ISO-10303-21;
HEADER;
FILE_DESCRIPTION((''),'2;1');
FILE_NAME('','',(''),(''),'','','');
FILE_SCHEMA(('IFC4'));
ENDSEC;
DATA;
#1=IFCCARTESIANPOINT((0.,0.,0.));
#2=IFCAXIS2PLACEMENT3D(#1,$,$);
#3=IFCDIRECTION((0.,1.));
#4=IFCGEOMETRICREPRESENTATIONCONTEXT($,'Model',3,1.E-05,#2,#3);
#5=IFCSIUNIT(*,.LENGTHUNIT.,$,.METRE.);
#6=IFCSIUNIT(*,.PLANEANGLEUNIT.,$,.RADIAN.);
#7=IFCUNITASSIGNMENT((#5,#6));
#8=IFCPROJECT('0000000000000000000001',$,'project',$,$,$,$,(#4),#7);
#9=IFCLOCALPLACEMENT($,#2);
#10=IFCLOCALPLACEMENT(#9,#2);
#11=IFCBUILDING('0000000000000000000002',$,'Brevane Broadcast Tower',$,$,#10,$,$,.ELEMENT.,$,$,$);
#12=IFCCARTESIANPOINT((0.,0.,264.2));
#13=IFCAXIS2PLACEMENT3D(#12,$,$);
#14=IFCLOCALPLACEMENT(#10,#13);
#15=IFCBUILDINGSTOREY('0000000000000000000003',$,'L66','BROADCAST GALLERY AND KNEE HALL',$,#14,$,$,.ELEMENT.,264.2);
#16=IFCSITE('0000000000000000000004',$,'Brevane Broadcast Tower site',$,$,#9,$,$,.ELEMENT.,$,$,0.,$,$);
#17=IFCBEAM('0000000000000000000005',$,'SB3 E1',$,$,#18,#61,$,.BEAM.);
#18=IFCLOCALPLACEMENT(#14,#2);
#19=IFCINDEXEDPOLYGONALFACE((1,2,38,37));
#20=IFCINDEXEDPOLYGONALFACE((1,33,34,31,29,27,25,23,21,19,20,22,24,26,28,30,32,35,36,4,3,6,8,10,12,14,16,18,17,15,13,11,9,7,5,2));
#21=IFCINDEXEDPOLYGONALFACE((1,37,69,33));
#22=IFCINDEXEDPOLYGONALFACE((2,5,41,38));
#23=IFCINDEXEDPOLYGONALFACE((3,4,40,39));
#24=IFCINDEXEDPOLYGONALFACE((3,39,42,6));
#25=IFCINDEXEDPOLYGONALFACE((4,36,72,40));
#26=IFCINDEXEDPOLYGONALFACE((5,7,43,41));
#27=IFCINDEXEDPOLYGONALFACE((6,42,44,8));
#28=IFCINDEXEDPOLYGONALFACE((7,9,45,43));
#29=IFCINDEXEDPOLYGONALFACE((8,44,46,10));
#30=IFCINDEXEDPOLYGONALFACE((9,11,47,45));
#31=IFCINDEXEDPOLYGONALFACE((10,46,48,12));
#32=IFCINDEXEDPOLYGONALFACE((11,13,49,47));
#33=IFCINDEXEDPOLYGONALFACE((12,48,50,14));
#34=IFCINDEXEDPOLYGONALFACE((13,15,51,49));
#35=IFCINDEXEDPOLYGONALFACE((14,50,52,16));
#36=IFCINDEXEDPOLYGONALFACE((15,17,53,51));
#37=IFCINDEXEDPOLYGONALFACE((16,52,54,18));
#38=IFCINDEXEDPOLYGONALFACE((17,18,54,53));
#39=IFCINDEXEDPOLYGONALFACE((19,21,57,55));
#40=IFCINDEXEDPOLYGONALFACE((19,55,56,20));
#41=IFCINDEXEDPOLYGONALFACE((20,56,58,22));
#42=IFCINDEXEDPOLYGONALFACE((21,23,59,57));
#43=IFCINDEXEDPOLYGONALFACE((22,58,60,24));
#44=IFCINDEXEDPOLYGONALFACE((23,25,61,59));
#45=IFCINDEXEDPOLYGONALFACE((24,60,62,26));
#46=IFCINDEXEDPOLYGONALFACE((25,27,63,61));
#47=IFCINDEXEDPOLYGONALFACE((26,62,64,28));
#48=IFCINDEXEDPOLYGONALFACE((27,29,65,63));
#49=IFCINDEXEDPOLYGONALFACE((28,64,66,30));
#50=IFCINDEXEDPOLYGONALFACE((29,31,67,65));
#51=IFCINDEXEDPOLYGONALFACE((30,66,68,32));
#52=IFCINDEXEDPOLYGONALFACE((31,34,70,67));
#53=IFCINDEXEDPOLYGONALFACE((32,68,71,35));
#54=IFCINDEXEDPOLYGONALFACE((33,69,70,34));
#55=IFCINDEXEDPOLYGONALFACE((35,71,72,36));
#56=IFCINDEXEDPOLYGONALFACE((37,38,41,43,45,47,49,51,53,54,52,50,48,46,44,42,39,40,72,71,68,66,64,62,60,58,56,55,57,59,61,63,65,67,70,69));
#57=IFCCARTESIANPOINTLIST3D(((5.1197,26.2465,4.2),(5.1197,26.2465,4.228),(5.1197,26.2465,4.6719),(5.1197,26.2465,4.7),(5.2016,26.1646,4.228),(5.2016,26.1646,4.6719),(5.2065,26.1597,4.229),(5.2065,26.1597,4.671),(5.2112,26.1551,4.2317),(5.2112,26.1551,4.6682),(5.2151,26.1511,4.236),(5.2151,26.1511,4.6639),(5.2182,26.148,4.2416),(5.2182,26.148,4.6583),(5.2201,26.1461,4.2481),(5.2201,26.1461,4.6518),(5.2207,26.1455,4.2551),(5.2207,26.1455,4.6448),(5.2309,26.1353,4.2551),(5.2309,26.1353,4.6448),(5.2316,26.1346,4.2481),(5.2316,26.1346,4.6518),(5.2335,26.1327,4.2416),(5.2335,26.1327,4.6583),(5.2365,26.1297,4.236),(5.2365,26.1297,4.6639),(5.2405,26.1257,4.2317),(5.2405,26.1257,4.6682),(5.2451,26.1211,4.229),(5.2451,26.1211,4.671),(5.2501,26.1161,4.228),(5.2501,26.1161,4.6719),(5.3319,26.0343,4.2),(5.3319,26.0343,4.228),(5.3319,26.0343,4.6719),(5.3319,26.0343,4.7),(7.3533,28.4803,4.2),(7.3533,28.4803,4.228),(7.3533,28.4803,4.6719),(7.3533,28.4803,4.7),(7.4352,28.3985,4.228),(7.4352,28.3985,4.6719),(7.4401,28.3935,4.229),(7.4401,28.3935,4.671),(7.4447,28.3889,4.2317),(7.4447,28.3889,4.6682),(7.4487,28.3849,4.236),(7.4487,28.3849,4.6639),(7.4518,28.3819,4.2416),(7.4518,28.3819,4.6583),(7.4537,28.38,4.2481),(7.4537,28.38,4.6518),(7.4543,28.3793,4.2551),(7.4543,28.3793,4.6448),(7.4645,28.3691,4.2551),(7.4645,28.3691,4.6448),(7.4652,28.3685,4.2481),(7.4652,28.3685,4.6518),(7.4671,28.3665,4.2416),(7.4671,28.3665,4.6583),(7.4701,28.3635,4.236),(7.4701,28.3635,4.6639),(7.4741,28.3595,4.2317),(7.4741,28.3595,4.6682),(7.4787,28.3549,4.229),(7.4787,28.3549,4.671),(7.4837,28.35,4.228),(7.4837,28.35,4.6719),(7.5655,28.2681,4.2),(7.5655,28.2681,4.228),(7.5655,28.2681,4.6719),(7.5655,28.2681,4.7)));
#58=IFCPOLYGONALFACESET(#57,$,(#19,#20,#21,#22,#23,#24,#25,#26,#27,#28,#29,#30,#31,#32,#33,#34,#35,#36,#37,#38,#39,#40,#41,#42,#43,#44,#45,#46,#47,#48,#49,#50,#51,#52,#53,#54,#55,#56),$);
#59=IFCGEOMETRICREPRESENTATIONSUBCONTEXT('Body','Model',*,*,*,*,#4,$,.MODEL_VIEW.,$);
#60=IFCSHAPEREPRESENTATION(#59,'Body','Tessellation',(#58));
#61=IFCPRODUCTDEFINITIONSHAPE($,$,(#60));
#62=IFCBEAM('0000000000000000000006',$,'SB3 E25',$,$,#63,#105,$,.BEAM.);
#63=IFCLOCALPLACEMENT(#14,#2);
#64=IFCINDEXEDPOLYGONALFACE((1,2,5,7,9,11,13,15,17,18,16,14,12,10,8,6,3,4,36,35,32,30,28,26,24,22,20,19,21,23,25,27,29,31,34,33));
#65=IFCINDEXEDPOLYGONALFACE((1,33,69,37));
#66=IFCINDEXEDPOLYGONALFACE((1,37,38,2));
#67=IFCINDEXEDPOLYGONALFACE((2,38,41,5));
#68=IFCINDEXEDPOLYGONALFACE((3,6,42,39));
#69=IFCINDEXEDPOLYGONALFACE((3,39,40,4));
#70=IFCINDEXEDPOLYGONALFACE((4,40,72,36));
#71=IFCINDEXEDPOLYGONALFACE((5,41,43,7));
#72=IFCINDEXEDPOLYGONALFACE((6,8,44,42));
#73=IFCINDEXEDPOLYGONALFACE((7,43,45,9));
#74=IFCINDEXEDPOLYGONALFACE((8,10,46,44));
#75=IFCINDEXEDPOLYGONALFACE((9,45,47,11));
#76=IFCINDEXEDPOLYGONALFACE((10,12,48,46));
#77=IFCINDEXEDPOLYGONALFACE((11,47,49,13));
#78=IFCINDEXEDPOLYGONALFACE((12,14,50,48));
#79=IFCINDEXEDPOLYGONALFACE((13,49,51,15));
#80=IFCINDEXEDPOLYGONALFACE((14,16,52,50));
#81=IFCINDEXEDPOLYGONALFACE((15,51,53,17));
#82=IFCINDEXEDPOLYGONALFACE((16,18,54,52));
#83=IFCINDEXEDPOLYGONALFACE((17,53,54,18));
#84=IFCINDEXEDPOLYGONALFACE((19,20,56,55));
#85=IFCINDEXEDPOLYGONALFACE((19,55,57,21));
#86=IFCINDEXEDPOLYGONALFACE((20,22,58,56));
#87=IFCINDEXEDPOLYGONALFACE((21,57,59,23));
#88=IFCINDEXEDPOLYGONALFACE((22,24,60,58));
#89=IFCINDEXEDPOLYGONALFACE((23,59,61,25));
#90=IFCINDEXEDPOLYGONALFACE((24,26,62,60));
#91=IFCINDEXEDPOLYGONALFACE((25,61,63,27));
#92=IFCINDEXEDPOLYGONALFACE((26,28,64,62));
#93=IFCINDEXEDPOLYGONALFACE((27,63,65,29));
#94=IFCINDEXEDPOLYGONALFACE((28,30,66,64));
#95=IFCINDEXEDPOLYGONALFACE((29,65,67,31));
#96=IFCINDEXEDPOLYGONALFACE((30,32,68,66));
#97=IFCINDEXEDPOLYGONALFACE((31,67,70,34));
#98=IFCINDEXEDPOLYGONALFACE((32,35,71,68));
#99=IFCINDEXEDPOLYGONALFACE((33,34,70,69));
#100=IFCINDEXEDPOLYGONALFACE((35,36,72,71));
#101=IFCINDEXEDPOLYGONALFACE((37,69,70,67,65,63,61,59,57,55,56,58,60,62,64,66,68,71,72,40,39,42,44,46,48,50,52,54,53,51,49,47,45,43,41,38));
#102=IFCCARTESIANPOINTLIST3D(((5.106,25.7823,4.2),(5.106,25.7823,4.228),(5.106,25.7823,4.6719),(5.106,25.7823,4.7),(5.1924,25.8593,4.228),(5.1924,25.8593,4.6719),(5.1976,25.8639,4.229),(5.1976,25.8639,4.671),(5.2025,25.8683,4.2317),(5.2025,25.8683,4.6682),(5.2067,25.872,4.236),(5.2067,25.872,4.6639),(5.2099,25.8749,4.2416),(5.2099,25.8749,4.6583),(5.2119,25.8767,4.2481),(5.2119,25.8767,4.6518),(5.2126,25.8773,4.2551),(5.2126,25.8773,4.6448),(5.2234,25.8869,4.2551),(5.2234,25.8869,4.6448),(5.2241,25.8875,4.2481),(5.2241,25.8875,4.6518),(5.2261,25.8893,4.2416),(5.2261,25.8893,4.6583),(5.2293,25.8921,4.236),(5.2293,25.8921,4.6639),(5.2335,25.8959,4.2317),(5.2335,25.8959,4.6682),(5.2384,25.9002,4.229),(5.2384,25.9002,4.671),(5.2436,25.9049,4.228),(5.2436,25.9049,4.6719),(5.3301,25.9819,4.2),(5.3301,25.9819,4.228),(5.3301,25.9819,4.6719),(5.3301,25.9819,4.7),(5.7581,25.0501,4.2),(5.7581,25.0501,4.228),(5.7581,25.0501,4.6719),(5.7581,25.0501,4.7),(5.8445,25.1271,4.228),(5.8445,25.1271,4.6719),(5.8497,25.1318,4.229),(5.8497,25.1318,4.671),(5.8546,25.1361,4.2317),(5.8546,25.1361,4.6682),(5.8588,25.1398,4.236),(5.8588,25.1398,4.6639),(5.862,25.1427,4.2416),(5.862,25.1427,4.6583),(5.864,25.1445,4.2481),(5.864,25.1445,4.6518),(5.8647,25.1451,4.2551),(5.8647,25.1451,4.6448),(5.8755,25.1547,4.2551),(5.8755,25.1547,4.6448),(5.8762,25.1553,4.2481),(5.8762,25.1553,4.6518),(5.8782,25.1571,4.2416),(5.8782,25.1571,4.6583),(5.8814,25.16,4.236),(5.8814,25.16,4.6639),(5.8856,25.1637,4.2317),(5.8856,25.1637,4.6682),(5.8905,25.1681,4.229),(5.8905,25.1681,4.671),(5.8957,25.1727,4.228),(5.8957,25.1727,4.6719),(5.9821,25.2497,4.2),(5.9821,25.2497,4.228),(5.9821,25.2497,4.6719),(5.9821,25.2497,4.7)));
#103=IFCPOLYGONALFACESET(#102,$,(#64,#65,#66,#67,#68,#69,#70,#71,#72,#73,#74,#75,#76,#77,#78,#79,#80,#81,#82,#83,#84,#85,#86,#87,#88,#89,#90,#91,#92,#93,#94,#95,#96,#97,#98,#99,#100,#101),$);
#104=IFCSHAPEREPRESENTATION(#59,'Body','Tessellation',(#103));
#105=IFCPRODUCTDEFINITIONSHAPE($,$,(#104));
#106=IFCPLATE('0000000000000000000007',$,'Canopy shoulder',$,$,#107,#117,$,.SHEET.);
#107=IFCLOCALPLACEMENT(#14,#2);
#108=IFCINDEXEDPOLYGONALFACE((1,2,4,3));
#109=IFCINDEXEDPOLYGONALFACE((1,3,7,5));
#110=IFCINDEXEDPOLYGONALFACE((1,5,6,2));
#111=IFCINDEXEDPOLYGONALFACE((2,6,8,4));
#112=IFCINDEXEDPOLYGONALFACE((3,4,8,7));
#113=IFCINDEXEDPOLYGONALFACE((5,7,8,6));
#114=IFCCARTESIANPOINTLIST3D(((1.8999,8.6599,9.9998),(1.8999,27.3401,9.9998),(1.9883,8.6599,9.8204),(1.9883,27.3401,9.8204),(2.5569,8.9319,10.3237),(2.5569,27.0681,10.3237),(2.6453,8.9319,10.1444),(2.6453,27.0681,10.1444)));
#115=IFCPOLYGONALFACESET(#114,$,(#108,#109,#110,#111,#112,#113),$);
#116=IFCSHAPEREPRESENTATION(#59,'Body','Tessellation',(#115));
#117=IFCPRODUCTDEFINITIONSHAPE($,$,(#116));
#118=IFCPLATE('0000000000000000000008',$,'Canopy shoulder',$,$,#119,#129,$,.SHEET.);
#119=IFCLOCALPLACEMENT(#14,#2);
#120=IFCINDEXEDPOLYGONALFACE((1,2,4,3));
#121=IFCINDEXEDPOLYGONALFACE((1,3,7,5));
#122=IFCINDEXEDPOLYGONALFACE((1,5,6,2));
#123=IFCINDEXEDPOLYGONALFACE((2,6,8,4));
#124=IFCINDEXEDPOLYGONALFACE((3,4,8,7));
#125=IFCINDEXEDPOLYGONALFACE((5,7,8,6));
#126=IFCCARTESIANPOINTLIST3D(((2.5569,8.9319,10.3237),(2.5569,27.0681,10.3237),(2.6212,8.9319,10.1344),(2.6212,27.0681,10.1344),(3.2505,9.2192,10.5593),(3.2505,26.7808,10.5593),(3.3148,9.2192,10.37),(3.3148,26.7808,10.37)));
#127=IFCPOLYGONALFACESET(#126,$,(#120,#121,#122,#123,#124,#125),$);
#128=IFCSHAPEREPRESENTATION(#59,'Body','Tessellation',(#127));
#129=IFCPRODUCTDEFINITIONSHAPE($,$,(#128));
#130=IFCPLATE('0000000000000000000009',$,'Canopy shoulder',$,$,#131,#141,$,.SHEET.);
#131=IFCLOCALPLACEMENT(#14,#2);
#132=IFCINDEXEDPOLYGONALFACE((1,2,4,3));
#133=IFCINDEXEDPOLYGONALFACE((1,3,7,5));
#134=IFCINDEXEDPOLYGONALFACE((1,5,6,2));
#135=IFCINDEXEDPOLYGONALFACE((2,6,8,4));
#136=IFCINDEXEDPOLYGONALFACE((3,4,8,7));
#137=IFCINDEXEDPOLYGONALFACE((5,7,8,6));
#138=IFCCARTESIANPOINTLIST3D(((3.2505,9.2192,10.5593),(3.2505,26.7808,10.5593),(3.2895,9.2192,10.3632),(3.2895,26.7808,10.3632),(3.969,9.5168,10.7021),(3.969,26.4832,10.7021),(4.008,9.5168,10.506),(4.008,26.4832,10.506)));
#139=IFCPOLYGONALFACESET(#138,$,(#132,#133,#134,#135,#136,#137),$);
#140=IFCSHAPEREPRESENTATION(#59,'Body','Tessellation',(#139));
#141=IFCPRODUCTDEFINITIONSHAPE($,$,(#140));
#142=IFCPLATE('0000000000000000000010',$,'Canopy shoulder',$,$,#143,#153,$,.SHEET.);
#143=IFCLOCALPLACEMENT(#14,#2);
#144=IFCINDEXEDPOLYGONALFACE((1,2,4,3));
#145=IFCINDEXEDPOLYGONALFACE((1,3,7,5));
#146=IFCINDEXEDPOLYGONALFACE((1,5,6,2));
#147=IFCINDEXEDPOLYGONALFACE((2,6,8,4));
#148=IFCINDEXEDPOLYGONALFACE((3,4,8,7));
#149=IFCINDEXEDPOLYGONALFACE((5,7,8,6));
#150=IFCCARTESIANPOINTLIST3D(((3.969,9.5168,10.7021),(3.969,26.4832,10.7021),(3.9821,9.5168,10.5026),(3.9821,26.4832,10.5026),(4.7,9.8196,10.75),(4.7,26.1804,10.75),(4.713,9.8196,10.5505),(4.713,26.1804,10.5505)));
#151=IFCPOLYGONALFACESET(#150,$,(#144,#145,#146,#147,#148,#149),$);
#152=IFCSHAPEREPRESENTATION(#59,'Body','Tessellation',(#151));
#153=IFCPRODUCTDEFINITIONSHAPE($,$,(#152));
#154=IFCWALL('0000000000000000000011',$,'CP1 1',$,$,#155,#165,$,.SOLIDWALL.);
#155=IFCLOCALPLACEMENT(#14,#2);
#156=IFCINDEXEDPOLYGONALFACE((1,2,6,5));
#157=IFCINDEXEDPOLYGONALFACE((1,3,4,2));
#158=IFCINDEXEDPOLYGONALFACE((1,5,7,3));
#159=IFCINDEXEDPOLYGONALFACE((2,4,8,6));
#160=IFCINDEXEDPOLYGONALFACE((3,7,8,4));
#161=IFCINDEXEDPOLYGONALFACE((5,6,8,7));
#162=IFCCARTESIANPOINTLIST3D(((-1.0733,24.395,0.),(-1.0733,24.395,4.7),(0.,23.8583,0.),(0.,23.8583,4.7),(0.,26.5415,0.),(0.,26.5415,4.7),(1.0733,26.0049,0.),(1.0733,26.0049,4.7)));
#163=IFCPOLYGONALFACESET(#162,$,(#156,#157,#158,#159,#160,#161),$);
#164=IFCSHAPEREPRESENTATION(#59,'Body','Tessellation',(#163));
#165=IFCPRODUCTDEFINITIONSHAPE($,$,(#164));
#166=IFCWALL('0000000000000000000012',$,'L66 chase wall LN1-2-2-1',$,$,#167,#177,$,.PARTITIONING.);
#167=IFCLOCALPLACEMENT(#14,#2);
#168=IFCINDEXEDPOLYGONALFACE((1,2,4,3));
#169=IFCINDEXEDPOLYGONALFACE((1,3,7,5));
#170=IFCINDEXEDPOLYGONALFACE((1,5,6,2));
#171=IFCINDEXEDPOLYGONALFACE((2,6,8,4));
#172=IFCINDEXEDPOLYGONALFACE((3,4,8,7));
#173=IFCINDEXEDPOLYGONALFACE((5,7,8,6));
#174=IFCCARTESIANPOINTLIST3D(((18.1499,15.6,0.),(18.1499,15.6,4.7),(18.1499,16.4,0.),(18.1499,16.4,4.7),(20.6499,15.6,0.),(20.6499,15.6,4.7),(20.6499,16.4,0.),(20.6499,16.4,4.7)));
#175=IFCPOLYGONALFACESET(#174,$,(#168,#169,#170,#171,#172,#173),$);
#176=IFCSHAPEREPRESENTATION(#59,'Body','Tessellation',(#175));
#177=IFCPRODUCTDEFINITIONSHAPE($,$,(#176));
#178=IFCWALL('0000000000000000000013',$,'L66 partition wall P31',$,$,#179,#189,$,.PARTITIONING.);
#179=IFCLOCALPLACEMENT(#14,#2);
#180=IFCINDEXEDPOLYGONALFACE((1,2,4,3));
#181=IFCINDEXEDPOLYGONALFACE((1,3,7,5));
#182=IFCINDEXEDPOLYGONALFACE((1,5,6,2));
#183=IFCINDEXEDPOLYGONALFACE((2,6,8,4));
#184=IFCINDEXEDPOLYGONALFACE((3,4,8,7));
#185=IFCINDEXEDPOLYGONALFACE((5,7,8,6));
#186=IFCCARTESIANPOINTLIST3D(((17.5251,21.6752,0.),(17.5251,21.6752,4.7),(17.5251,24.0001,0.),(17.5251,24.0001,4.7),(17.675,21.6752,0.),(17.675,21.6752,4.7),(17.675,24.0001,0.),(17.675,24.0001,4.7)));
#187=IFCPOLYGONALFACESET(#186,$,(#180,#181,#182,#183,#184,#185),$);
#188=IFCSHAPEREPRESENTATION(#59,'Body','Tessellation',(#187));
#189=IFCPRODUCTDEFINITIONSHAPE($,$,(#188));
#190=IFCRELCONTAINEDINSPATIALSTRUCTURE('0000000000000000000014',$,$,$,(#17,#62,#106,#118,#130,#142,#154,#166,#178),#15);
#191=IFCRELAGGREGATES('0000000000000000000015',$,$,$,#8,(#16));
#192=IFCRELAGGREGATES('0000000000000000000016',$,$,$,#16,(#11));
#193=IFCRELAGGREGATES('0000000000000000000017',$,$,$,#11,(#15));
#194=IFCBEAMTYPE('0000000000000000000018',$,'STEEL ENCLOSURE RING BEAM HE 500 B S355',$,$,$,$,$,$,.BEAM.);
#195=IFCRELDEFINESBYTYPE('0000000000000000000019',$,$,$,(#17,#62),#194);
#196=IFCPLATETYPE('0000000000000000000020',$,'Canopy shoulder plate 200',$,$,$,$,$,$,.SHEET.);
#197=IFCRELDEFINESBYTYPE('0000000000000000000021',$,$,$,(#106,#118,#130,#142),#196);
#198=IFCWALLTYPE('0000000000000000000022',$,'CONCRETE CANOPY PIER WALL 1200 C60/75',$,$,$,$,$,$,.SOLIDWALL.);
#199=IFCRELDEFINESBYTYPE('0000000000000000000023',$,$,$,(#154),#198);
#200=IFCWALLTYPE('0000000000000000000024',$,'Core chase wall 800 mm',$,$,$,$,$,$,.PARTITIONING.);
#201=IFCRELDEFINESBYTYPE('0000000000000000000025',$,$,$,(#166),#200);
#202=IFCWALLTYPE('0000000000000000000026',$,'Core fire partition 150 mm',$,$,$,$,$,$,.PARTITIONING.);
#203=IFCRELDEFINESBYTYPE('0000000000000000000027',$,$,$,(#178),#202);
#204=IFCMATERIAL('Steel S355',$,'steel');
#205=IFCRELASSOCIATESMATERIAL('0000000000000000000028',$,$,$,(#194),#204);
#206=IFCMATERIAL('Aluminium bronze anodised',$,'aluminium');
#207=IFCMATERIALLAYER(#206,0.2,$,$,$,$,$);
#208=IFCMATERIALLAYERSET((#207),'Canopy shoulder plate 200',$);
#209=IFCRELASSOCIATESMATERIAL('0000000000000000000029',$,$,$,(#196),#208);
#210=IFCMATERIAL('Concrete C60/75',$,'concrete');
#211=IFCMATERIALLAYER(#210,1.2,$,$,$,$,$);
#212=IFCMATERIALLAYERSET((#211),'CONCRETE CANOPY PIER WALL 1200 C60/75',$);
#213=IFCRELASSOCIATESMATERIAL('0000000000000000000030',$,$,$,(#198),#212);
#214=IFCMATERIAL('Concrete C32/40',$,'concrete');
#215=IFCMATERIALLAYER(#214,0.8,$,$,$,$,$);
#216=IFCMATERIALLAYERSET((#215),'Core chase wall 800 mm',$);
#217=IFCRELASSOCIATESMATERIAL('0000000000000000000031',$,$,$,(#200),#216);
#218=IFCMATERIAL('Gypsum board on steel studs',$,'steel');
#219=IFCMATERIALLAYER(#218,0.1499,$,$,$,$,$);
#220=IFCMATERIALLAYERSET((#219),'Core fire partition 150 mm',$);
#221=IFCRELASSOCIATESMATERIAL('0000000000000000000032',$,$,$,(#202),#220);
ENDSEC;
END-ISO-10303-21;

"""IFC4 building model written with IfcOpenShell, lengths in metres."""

from ifc_helpers import new_model, si_unit, direction, frame, frame_2d, origin, origin_2d, place, context, subcontext, project, spatial, polyline, rectangle, i_section, outline, extrude, material, layer, layer_set, material_profile, profile_set, type_object, element, save


model = new_model("IFC4")

# Units and contexts
model_context = context("Model", 3, precision=1e-05, world=origin(), true_north=direction((0.0, 1.0)))
body_context = subcontext(model_context, "Body", "Model", "MODEL_VIEW")
ifc_project = project(units=[si_unit("LENGTHUNIT", "METRE"), si_unit("PLANEANGLEUNIT", "RADIAN")], contexts=[model_context])

# Site, building, storey
site_placement = place(None, origin())
site = spatial("IfcSite", under=ifc_project, at=site_placement, Name="Brevane Broadcast Tower site", CompositionType="ELEMENT", RefElevation=0.0)
building_placement = place(site_placement, origin())
building = spatial("IfcBuilding", under=site, at=building_placement, Name="Brevane Broadcast Tower", CompositionType="ELEMENT")
storey_placement = place(building_placement, frame((0.0, 0.0, 264.2)))
storey = spatial("IfcBuildingStorey", under=building, at=storey_placement, Name="L66", Description="BROADCAST GALLERY AND KNEE HALL", CompositionType="ELEMENT", Elevation=264.2)

# Shared definitions
ifc_material_1 = material(Name="Steel S355", Category="steel")

# Beams
ifc_material_profile_1 = material_profile(ifc_material_1, i_section(OverallWidth=0.3, OverallDepth=0.5, WebThickness=0.0144, FlangeThickness=0.0281, FilletRadius=0.0271, at=origin_2d()), Name="HE 500 B")
ifc_profile_set_1 = profile_set([ifc_material_profile_1], Name="Steel S355")
beam_type_1 = type_object("IfcBeamType", Name="STEEL ENCLOSURE RING BEAM HE 500 B S355", PredefinedType="BEAM", material=ifc_profile_set_1)
beam_1_placement = place(storey_placement, frame((5.2258, 26.1404, 4.45), z_axis=(0.707068, 0.707145, 0.0), x_axis=(-0.707145, 0.707068, 0.0)))
element("IfcBeam", 1, at=beam_1_placement, inside=storey, type_object=beam_type_1, Name="SB3 E1", PredefinedType="BEAM", context=body_context, shape_type="SweptSolid", body=[
    extrude(i_section(OverallWidth=0.3, OverallDepth=0.5, WebThickness=0.0144, FlangeThickness=0.0281, FilletRadius=0.0271, at=origin_2d()), origin(), (0.0, 0.0, 1.0), 3.1589),
])
beam_2_placement = place(storey_placement, frame((5.8701, 25.1499, 4.45), z_axis=(-0.66509, 0.746763, 0.0), x_axis=(-0.746763, -0.66509, 0.0)))
element("IfcBeam", 2, at=beam_2_placement, inside=storey, type_object=beam_type_1, Name="SB3 E25", PredefinedType="BEAM", context=body_context, shape_type="SweptSolid", body=[
    extrude(i_section(OverallWidth=0.3, OverallDepth=0.5, WebThickness=0.0144, FlangeThickness=0.0281, FilletRadius=0.0271, at=origin_2d()), origin(), (0.0, 0.0, 1.0), 0.9805),
])

# Plates
ifc_material_2 = material(Name="Aluminium bronze anodised", Category="aluminium")
ifc_layer_1 = layer(ifc_material_2, 0.2)
ifc_layer_set_1 = layer_set([ifc_layer_1], Name="Canopy shoulder plate 200")
plate_type = type_object("IfcPlateType", Name="Canopy shoulder plate 200", PredefinedType="SHEET", material=ifc_layer_set_1)
plate_1_placement = place(storey_placement, frame((1.8999, 27.3401, 9.9998), z_axis=(-0.442274, 0.0, 0.89688), x_axis=(0.0, -1.0, 0.0)))
element("IfcPlate", 3, at=plate_1_placement, inside=storey, type_object=plate_type, Name="Canopy shoulder", PredefinedType="SHEET", context=body_context, shape_type="SweptSolid", body=[
    extrude(outline(polyline([(0.0, 0.0), (18.6802, 0.0), (18.4082, 0.7325), (0.272, 0.7325), (0.0, 0.0)])), origin(), (0.0, 0.0, -1.0), 0.2),
])
plate_2_placement = place(storey_placement, frame((2.5569, 27.0681, 10.3237), z_axis=(-0.321622, 0.0, 0.946868), x_axis=(0.0, -1.0, 0.0)))
element("IfcPlate", 4, at=plate_2_placement, inside=storey, type_object=plate_type, Name="Canopy shoulder", PredefinedType="SHEET", context=body_context, shape_type="SweptSolid", body=[
    extrude(outline(polyline([(0.0, 0.0), (18.1362, 0.0), (17.8489, 0.7325), (0.2874, 0.7325), (0.0, 0.0)])), origin(), (0.0, 0.0, -1.0), 0.2),
])
plate_3_placement = place(storey_placement, frame((3.2505, 26.7808, 10.5593), z_axis=(-0.194962, 0.0, 0.980811), x_axis=(0.0, -1.0, 0.0)))
element("IfcPlate", 5, at=plate_3_placement, inside=storey, type_object=plate_type, Name="Canopy shoulder", PredefinedType="SHEET", context=body_context, shape_type="SweptSolid", body=[
    extrude(outline(polyline([(0.0, 0.0), (17.5615, 0.0), (17.2639, 0.7326), (0.2976, 0.7326), (0.0, 0.0)])), origin(), (0.0, 0.0, -1.0), 0.2),
])
plate_4_placement = place(storey_placement, frame((3.969, 26.4832, 10.7021), z_axis=(-0.065324, 0.0, 0.997864), x_axis=(0.0, -1.0, 0.0)))
element("IfcPlate", 6, at=plate_4_placement, inside=storey, type_object=plate_type, Name="Canopy shoulder", PredefinedType="SHEET", context=body_context, shape_type="SweptSolid", body=[
    extrude(outline(polyline([(0.0, 0.0), (16.9663, 0.0), (16.6636, 0.7325), (0.3027, 0.7325), (0.0, 0.0)])), origin(), (0.0, 0.0, -1.0), 0.2),
])

# Walls
ifc_material_3 = material(Name="Concrete C60/75", Category="concrete")
ifc_layer_2 = layer(ifc_material_3, 1.2)
ifc_layer_set_2 = layer_set([ifc_layer_2], Name="CONCRETE CANOPY PIER WALL 1200 C60/75")
wall_type_1 = type_object("IfcWallType", Name="CONCRETE CANOPY PIER WALL 1200 C60/75", PredefinedType="SOLIDWALL", material=ifc_layer_set_2)
wall_1_placement = place(storey_placement, frame((0.5366, 26.2732, 0.0), z_axis=(0.0, 0.0, 1.0), x_axis=(-0.447214, -0.894427, 0.0)))
element("IfcWall", 7, at=wall_1_placement, inside=storey, type_object=wall_type_1, Name="CP1 1", PredefinedType="SOLIDWALL", context=body_context, shape_type="SweptSolid", body=[
    extrude(rectangle(XDim=2.3999, YDim=1.2, at=frame_2d((1.2, 0.0))), origin(), (0.0, 0.0, 1.0), 4.7),
])
ifc_material_4 = material(Name="Concrete C32/40", Category="concrete")
ifc_layer_3 = layer(ifc_material_4, 0.8)
ifc_layer_set_3 = layer_set([ifc_layer_3], Name="Core chase wall 800 mm")
wall_type_2 = type_object("IfcWallType", Name="Core chase wall 800 mm", PredefinedType="PARTITIONING", material=ifc_layer_set_3)
wall_2_placement = place(storey_placement, frame((18.1499, 16.0, 0.0), z_axis=(0.0, 0.0, 1.0), x_axis=(1.0, 0.0, 0.0)))
element("IfcWall", 8, at=wall_2_placement, inside=storey, type_object=wall_type_2, Name="L66 chase wall LN1-2-2-1", PredefinedType="PARTITIONING", context=body_context, shape_type="SweptSolid", body=[
    extrude(rectangle(XDim=2.5, YDim=0.8, at=frame_2d((1.25, 0.0))), origin(), (0.0, 0.0, 1.0), 4.7),
])
ifc_material_5 = material(Name="Gypsum board on steel studs", Category="steel")
ifc_layer_4 = layer(ifc_material_5, 0.1499)
ifc_layer_set_4 = layer_set([ifc_layer_4], Name="Core fire partition 150 mm")
wall_type_3 = type_object("IfcWallType", Name="Core fire partition 150 mm", PredefinedType="PARTITIONING", material=ifc_layer_set_4)
wall_3_placement = place(storey_placement, frame((17.6001, 21.675, 0.0), z_axis=(0.0, 0.0, 1.0), x_axis=(0.0, 1.0, 0.0)))
element("IfcWall", 9, at=wall_3_placement, inside=storey, type_object=wall_type_3, Name="L66 partition wall P31", PredefinedType="PARTITIONING", context=body_context, shape_type="SweptSolid", body=[
    extrude(rectangle(XDim=2.325, YDim=0.1499, at=frame_2d((1.1626, 0.0))), origin(), (0.0, 0.0, 1.0), 4.7),
])

save(model, "model.ifc")
